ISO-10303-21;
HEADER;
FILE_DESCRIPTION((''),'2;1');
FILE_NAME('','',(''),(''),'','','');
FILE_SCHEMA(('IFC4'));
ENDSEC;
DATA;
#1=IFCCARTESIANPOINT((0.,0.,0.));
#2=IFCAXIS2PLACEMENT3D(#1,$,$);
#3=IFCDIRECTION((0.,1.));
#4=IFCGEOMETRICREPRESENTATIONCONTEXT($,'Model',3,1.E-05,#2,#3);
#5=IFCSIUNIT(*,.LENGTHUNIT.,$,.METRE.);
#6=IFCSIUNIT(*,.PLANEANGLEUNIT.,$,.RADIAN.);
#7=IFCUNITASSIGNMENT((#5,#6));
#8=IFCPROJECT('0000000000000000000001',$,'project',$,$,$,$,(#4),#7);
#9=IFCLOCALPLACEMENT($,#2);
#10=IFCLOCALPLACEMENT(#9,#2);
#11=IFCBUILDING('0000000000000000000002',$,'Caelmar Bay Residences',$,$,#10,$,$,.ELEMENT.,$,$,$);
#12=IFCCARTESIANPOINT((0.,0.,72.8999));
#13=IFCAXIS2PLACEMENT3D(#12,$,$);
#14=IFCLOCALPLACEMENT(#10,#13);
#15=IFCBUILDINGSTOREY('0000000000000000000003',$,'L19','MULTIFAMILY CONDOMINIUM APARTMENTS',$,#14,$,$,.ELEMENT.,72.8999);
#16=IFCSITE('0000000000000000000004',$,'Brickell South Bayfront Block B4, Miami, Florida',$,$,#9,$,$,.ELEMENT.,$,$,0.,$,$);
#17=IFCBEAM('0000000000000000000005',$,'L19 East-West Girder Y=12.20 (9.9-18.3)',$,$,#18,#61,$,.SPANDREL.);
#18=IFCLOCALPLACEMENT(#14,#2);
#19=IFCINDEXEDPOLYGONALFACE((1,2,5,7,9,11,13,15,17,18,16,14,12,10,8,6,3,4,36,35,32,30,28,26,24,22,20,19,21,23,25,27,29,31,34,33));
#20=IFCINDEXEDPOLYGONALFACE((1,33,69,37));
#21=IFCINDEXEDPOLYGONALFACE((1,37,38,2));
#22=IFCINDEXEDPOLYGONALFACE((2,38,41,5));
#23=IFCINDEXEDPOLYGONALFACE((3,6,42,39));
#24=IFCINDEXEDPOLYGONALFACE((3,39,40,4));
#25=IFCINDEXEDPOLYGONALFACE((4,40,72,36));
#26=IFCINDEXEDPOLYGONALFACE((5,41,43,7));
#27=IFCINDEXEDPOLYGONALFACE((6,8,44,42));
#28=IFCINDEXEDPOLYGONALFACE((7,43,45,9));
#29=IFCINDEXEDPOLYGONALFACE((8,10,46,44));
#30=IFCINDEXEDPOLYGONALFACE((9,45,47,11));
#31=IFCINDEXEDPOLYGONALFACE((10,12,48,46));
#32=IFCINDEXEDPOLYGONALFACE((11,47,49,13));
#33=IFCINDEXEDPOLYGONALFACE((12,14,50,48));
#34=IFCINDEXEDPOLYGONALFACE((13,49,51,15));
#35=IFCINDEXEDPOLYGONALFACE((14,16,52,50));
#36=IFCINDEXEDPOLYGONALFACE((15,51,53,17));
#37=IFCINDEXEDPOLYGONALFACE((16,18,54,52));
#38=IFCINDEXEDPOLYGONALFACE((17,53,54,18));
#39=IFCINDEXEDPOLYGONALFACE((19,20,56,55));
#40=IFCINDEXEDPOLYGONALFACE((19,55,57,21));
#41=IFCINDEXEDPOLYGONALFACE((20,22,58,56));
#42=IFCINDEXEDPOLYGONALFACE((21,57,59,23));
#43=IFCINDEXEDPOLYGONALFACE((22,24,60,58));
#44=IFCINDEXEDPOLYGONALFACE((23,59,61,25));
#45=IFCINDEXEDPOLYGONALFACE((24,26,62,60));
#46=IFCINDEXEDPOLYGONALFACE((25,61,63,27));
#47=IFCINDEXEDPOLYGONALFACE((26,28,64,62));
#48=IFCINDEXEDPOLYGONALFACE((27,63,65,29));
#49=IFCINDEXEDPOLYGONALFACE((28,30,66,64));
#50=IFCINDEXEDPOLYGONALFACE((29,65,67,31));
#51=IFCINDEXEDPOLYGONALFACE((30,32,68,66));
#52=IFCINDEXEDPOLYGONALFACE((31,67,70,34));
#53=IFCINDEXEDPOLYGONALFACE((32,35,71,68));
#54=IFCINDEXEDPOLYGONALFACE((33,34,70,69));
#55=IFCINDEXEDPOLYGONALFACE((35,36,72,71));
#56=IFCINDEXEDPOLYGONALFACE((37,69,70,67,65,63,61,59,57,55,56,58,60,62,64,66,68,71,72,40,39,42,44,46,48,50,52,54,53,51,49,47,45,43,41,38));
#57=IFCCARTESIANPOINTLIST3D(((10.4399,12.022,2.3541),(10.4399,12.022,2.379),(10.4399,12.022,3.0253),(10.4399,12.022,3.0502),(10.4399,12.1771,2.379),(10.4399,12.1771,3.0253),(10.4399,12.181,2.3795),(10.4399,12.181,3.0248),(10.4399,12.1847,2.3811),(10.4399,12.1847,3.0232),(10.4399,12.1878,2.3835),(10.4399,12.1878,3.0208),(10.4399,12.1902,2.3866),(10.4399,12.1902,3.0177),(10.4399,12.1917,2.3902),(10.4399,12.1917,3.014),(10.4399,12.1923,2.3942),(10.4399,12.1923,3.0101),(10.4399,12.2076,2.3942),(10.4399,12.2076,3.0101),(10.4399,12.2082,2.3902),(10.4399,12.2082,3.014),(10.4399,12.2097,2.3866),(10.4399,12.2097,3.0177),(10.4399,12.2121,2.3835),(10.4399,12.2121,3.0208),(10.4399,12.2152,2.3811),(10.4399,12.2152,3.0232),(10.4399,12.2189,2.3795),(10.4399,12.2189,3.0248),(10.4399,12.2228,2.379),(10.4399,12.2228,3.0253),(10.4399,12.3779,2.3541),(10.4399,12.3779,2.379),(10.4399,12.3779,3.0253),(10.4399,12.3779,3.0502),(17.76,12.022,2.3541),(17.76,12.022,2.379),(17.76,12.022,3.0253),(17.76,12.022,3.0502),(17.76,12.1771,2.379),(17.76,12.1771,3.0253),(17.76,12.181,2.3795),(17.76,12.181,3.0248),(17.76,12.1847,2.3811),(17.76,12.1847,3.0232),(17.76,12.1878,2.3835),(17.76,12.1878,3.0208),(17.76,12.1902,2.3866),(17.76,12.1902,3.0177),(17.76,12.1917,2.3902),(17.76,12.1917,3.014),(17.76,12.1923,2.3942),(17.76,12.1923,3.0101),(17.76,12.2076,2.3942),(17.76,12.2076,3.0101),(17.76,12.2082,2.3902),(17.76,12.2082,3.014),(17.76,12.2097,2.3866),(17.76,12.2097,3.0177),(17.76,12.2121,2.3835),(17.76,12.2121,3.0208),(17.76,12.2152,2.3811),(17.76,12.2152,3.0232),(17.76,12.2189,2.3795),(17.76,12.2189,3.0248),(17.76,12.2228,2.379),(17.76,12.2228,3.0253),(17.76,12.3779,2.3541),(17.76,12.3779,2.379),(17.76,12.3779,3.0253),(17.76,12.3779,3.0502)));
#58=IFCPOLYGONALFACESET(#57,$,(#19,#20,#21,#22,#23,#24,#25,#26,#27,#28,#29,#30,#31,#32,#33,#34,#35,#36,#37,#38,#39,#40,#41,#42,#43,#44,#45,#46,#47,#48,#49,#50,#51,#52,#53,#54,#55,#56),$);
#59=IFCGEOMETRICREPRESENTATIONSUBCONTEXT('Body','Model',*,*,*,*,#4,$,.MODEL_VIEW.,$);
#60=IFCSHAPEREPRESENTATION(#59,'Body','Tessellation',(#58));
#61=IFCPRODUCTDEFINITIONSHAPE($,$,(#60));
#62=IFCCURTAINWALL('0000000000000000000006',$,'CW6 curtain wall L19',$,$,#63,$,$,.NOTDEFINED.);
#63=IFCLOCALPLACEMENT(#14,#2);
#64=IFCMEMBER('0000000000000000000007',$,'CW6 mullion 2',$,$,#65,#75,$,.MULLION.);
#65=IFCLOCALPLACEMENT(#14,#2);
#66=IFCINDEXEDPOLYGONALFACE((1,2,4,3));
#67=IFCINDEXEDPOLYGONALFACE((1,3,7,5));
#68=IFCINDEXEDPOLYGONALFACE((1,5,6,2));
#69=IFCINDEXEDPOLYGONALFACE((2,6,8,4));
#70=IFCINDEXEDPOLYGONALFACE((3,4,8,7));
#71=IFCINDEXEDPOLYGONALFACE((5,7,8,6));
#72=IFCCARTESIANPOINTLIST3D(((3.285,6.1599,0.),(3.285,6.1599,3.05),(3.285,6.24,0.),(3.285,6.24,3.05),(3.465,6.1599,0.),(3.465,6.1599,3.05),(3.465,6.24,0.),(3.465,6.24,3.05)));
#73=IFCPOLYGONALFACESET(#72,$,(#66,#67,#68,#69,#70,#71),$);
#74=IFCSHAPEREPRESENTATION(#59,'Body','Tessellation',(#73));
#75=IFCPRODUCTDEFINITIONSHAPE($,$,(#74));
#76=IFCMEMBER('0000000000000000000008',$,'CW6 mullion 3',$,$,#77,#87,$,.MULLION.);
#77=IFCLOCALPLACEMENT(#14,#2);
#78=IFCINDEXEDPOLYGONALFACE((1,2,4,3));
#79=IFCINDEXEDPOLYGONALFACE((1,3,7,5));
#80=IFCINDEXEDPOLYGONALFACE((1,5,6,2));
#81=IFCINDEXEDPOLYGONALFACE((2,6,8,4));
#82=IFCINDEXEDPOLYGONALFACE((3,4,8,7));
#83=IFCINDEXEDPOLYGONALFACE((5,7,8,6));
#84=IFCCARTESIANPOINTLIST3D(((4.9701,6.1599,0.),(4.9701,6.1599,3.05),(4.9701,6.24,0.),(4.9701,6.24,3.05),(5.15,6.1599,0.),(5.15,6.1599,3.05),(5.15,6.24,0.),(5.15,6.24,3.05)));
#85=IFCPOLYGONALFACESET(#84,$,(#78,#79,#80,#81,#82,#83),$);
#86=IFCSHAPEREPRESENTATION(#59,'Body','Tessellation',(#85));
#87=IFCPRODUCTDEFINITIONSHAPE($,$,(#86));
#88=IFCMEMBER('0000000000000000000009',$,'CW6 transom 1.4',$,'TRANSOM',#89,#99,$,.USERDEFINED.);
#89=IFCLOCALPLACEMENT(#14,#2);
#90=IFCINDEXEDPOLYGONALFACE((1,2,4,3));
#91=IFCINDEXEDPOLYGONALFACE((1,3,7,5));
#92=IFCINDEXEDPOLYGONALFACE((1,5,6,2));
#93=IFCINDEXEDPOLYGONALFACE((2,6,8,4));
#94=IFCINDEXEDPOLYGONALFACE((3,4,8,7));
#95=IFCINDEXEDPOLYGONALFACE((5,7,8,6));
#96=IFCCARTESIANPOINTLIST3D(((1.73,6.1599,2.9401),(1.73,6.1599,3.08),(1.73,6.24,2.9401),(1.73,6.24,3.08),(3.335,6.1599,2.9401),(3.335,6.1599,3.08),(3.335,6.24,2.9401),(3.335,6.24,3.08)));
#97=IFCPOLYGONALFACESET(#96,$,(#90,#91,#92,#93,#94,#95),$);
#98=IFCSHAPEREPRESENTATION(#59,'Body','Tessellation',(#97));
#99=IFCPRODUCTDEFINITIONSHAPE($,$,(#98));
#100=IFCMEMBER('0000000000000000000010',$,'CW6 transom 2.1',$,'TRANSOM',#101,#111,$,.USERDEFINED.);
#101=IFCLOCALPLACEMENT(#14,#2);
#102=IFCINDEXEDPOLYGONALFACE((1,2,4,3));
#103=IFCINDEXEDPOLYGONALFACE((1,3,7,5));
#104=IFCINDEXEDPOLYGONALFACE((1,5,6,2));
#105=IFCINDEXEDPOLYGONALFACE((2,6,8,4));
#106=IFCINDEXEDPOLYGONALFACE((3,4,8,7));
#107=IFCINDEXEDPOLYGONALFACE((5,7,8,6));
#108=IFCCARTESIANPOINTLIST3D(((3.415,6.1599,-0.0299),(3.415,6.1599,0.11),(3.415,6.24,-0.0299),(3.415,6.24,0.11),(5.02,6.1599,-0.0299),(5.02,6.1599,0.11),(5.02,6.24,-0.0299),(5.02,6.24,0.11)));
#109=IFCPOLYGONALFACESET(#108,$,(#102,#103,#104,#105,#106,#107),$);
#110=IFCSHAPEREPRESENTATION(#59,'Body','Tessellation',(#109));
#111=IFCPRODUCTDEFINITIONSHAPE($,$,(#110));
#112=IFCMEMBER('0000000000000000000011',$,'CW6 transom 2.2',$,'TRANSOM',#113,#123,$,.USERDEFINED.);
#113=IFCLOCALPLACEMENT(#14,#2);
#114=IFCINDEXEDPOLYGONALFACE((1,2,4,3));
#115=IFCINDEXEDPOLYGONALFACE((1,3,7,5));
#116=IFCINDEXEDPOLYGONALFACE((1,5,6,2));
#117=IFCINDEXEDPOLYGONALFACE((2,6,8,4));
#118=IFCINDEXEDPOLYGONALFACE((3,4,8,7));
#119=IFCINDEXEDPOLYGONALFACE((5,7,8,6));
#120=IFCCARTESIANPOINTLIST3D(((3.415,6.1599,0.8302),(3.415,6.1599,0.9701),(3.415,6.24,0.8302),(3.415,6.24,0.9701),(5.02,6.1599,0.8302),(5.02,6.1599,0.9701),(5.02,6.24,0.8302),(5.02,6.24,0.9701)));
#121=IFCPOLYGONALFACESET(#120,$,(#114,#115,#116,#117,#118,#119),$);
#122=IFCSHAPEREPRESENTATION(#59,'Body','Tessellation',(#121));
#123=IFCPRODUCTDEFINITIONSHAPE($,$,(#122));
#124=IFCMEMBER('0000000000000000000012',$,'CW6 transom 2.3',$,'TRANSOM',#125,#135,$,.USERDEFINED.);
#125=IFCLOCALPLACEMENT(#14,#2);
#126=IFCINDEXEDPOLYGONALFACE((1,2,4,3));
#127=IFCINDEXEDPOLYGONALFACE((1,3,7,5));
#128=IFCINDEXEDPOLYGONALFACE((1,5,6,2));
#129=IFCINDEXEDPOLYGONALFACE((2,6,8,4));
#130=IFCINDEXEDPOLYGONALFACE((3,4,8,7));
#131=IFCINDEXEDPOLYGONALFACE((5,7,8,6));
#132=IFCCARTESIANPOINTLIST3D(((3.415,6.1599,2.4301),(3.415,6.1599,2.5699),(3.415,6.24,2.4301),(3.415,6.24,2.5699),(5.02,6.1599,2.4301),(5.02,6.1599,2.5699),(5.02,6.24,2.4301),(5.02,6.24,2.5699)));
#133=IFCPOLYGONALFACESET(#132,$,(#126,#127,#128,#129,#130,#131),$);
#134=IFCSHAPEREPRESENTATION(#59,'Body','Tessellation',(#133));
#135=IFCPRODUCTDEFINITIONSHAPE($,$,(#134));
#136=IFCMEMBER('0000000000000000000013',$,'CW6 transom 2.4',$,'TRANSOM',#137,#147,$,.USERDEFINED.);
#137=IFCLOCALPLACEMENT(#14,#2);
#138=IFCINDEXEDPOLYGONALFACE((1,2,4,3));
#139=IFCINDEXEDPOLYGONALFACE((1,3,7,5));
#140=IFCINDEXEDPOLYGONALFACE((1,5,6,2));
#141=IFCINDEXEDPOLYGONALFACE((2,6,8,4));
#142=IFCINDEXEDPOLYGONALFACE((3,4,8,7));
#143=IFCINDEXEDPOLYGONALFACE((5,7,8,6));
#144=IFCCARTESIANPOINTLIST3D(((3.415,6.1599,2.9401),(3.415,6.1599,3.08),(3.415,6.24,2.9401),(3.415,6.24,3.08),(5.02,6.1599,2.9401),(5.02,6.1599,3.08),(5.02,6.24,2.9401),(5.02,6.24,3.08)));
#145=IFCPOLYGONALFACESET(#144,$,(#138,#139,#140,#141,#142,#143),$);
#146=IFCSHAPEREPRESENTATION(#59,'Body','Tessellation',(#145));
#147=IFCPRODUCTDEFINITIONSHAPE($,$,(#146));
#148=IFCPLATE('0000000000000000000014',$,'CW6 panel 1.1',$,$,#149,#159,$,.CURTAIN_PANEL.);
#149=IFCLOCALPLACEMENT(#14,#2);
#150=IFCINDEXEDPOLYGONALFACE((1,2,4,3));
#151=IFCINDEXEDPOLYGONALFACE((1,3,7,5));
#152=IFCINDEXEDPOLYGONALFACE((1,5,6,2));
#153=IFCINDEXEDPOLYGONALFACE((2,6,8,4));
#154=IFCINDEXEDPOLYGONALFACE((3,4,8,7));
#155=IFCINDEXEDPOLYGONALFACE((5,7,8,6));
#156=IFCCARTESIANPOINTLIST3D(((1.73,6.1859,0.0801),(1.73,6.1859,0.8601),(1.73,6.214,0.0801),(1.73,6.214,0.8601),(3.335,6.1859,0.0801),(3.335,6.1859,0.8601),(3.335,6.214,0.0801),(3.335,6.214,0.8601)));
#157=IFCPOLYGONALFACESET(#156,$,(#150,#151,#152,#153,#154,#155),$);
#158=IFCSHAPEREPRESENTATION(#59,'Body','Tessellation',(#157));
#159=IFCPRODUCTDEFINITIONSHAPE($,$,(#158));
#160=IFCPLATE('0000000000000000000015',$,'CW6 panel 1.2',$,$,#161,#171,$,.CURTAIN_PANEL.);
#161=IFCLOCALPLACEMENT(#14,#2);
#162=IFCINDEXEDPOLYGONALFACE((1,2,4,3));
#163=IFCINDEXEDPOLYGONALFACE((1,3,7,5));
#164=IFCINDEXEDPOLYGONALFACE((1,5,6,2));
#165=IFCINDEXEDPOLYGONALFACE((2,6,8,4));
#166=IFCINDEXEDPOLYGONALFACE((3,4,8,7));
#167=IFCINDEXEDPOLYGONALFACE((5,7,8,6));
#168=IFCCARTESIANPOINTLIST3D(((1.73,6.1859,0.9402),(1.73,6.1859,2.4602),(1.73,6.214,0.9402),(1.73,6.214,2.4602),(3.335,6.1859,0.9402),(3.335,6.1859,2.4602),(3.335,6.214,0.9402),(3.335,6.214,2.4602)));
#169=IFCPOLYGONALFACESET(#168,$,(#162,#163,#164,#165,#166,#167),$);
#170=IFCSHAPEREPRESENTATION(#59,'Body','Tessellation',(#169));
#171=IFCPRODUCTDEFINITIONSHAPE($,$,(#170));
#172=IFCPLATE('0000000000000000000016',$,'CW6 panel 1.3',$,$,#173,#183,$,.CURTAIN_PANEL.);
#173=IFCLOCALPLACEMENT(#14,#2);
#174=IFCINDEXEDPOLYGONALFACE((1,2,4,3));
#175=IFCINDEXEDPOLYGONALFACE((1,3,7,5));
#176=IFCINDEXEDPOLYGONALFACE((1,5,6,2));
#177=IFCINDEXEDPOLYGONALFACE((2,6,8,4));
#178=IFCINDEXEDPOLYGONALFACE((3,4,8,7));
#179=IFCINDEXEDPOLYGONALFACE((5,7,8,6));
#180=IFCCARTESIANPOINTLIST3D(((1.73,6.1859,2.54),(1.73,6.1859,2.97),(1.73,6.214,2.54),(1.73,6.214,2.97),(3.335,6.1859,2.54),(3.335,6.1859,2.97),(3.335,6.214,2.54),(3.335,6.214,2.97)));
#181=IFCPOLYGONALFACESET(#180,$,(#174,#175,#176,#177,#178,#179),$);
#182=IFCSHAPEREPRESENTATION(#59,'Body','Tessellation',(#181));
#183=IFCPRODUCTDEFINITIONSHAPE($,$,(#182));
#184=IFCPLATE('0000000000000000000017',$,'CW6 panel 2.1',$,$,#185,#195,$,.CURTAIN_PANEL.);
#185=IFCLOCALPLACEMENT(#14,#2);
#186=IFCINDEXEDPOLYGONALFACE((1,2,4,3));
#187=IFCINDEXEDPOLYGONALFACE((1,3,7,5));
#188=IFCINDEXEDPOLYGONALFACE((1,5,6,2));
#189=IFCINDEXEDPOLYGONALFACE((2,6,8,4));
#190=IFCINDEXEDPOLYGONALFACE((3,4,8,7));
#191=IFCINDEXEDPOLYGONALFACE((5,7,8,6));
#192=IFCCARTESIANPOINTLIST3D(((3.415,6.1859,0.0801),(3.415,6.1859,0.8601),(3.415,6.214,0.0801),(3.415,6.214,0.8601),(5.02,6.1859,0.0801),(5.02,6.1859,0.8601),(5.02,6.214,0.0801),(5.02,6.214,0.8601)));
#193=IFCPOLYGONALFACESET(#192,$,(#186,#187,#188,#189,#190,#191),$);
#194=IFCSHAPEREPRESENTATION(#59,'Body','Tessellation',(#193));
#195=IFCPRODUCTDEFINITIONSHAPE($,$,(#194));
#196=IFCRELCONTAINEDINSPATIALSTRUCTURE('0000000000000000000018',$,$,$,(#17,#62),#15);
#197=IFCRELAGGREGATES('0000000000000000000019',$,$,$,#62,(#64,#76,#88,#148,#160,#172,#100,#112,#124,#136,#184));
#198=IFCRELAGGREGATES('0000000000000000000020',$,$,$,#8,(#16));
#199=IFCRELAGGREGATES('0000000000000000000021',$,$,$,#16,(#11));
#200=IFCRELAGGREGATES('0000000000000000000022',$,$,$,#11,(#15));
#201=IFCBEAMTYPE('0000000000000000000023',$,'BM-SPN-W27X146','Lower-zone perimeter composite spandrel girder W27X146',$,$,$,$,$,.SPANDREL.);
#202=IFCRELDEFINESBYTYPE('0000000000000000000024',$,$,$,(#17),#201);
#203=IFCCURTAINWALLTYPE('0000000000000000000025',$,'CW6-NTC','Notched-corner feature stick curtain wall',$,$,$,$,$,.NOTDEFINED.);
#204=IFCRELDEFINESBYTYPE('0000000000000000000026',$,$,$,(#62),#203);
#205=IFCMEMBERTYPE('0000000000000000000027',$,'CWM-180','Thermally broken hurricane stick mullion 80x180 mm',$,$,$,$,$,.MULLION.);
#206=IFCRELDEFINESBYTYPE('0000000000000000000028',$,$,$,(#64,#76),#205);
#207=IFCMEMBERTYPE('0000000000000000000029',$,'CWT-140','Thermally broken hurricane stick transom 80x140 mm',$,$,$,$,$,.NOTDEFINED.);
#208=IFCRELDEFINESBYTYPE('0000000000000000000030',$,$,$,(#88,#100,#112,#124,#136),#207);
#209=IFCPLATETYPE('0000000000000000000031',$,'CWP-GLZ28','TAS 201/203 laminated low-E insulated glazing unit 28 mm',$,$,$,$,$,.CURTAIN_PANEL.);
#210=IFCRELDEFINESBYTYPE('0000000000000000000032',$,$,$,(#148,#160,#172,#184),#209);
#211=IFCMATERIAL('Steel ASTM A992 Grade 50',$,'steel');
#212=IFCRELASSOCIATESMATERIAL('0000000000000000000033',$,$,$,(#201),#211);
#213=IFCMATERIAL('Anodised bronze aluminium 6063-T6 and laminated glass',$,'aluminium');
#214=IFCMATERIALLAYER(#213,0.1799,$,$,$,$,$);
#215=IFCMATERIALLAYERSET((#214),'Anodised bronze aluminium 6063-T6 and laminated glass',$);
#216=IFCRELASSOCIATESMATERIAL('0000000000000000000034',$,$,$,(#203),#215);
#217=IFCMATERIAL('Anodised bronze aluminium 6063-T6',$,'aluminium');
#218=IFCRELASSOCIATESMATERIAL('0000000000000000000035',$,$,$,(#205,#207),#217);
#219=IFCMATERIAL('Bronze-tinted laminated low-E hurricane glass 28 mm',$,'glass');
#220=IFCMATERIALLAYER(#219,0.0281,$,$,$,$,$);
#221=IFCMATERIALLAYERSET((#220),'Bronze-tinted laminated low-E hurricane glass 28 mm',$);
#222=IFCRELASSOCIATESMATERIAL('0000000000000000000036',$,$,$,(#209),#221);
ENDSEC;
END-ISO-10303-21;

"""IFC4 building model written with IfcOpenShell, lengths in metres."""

from ifc_helpers import new_model, si_unit, direction, frame, origin, origin_2d, place, context, subcontext, project, spatial, rectangle, i_section, extrude, material, layer, layer_set, material_profile, profile_set, type_object, element, aggregate, save


model = new_model("IFC4")

# Units and contexts
model_context = context("Model", 3, precision=1e-05, world=origin(), true_north=direction((0.0, 1.0)))
body_context = subcontext(model_context, "Body", "Model", "MODEL_VIEW")
ifc_project = project(units=[si_unit("LENGTHUNIT", "METRE"), si_unit("PLANEANGLEUNIT", "RADIAN")], contexts=[model_context])

# Site, building, storey
site_placement = place(None, origin())
site = spatial("IfcSite", under=ifc_project, at=site_placement, Name="Brickell South Bayfront Block B4, Miami, Florida", CompositionType="ELEMENT", RefElevation=0.0)
building_placement = place(site_placement, origin())
building = spatial("IfcBuilding", under=site, at=building_placement, Name="Caelmar Bay Residences", CompositionType="ELEMENT")
storey_placement = place(building_placement, frame((0.0, 0.0, 72.8999)))
storey = spatial("IfcBuildingStorey", under=building, at=storey_placement, Name="L19", Description="MULTIFAMILY CONDOMINIUM APARTMENTS", CompositionType="ELEMENT", Elevation=72.8999)

# Beam
ifc_material_1 = material(Name="Steel ASTM A992 Grade 50", Category="steel")
ifc_material_profile_1 = material_profile(ifc_material_1, i_section(OverallWidth=0.356, OverallDepth=0.696, WebThickness=0.0154, FlangeThickness=0.0249, FilletRadius=0.0151, at=origin_2d()), Name="W27X146")
ifc_profile_set_1 = profile_set([ifc_material_profile_1], Name="Steel ASTM A992 Grade 50")
beam_type_1 = type_object("IfcBeamType", Name="BM-SPN-W27X146", Description="Lower-zone perimeter composite spandrel girder W27X146", PredefinedType="SPANDREL", material=ifc_profile_set_1)
beam_1_placement = place(storey_placement, frame((10.4399, 12.2, 2.7021), z_axis=(1.0, 0.0, 0.0), x_axis=(0.0, 1.0, 0.0)))
element("IfcBeam", 1, at=beam_1_placement, inside=storey, type_object=beam_type_1, Name="L19 East-West Girder Y=12.20 (9.9-18.3)", PredefinedType="SPANDREL", context=body_context, shape_type="SweptSolid", body=[
    extrude(i_section(OverallWidth=0.356, OverallDepth=0.696, WebThickness=0.0154, FlangeThickness=0.0249, FilletRadius=0.0151, at=origin_2d()), origin(), (0.0, 0.0, 1.0), 7.3201),
])

# Curtain wall, members, plates
ifc_material_2 = material(Name="Anodised bronze aluminium 6063-T6 and laminated glass", Category="aluminium")
ifc_layer_1 = layer(ifc_material_2, 0.1799)
ifc_layer_set_1 = layer_set([ifc_layer_1], Name="Anodised bronze aluminium 6063-T6 and laminated glass")
curtain_wall_type = type_object("IfcCurtainWallType", Name="CW6-NTC", Description="Notched-corner feature stick curtain wall", PredefinedType="NOTDEFINED", material=ifc_layer_set_1)
curtain_wall_placement = place(storey_placement, origin())
curtain_wall = element("IfcCurtainWall", 2, at=curtain_wall_placement, inside=storey, type_object=curtain_wall_type, Name="CW6 curtain wall L19", PredefinedType="NOTDEFINED")
ifc_material_3 = material(Name="Anodised bronze aluminium 6063-T6", Category="aluminium")
ifc_material_profile_2 = material_profile(ifc_material_3, rectangle(XDim=0.0801, YDim=0.1799, at=origin_2d()), Name="CWM-80X180")
ifc_profile_set_2 = profile_set([ifc_material_profile_2], Name="Anodised bronze aluminium 6063-T6")
member_type_1 = type_object("IfcMemberType", Name="CWM-180", Description="Thermally broken hurricane stick mullion 80x180 mm", PredefinedType="MULLION", material=ifc_profile_set_2)
member_1_placement = place(storey_placement, frame((3.375, 6.2, 0.0), z_axis=(0.0, 0.0, 1.0), x_axis=(0.0, 1.0, 0.0)))
member_1 = element("IfcMember", 3, at=member_1_placement, type_object=member_type_1, Name="CW6 mullion 2", PredefinedType="MULLION", context=body_context, shape_type="SweptSolid", body=[
    extrude(rectangle(XDim=0.0801, YDim=0.1799, at=origin_2d()), origin(), (0.0, 0.0, 1.0), 3.05),
])
member_2_placement = place(storey_placement, frame((5.0601, 6.2, 0.0), z_axis=(0.0, 0.0, 1.0), x_axis=(0.0, 1.0, 0.0)))
member_2 = element("IfcMember", 4, at=member_2_placement, type_object=member_type_1, Name="CW6 mullion 3", PredefinedType="MULLION", context=body_context, shape_type="SweptSolid", body=[
    extrude(rectangle(XDim=0.0801, YDim=0.1799, at=origin_2d()), origin(), (0.0, 0.0, 1.0), 3.05),
])
ifc_material_profile_3 = material_profile(ifc_material_3, rectangle(XDim=0.0801, YDim=0.1399, at=origin_2d()), Name="CWT-80X140")
ifc_profile_set_3 = profile_set([ifc_material_profile_3], Name="Anodised bronze aluminium 6063-T6")
member_type_2 = type_object("IfcMemberType", Name="CWT-140", Description="Thermally broken hurricane stick transom 80x140 mm", PredefinedType="NOTDEFINED", material=ifc_profile_set_3)
member_3_placement = place(storey_placement, frame((1.73, 6.2, 3.01), z_axis=(1.0, 0.0, 0.0), x_axis=(0.0, 1.0, 0.0)))
member_3 = element("IfcMember", 5, at=member_3_placement, type_object=member_type_2, Name="CW6 transom 1.4", ObjectType="TRANSOM", PredefinedType="USERDEFINED", context=body_context, shape_type="SweptSolid", body=[
    extrude(rectangle(XDim=0.0801, YDim=0.1399, at=origin_2d()), origin(), (0.0, 0.0, 1.0), 1.605),
])
member_4_placement = place(storey_placement, frame((3.415, 6.2, 0.04), z_axis=(1.0, 0.0, 0.0), x_axis=(0.0, 1.0, 0.0)))
member_4 = element("IfcMember", 6, at=member_4_placement, type_object=member_type_2, Name="CW6 transom 2.1", ObjectType="TRANSOM", PredefinedType="USERDEFINED", context=body_context, shape_type="SweptSolid", body=[
    extrude(rectangle(XDim=0.0801, YDim=0.1399, at=origin_2d()), origin(), (0.0, 0.0, 1.0), 1.605),
])
member_5_placement = place(storey_placement, frame((3.415, 6.2, 0.9001), z_axis=(1.0, 0.0, 0.0), x_axis=(0.0, 1.0, 0.0)))
member_5 = element("IfcMember", 7, at=member_5_placement, type_object=member_type_2, Name="CW6 transom 2.2", ObjectType="TRANSOM", PredefinedType="USERDEFINED", context=body_context, shape_type="SweptSolid", body=[
    extrude(rectangle(XDim=0.0801, YDim=0.1399, at=origin_2d()), origin(), (0.0, 0.0, 1.0), 1.605),
])
member_6_placement = place(storey_placement, frame((3.415, 6.2, 2.5), z_axis=(1.0, 0.0, 0.0), x_axis=(0.0, 1.0, 0.0)))
member_6 = element("IfcMember", 8, at=member_6_placement, type_object=member_type_2, Name="CW6 transom 2.3", ObjectType="TRANSOM", PredefinedType="USERDEFINED", context=body_context, shape_type="SweptSolid", body=[
    extrude(rectangle(XDim=0.0801, YDim=0.1399, at=origin_2d()), origin(), (0.0, 0.0, 1.0), 1.605),
])
member_7_placement = place(storey_placement, frame((3.415, 6.2, 3.01), z_axis=(1.0, 0.0, 0.0), x_axis=(0.0, 1.0, 0.0)))
member_7 = element("IfcMember", 9, at=member_7_placement, type_object=member_type_2, Name="CW6 transom 2.4", ObjectType="TRANSOM", PredefinedType="USERDEFINED", context=body_context, shape_type="SweptSolid", body=[
    extrude(rectangle(XDim=0.0801, YDim=0.1399, at=origin_2d()), origin(), (0.0, 0.0, 1.0), 1.605),
])
ifc_material_4 = material(Name="Bronze-tinted laminated low-E hurricane glass 28 mm", Category="glass")
ifc_layer_2 = layer(ifc_material_4, 0.0281)
ifc_layer_set_2 = layer_set([ifc_layer_2], Name="Bronze-tinted laminated low-E hurricane glass 28 mm")
plate_type = type_object("IfcPlateType", Name="CWP-GLZ28", Description="TAS 201/203 laminated low-E insulated glazing unit 28 mm", PredefinedType="CURTAIN_PANEL", material=ifc_layer_set_2)
plate_1_placement = place(storey_placement, frame((2.5325, 6.2, 0.0801), z_axis=(0.0, 0.0, 1.0), x_axis=(1.0, 0.0, 0.0)))
plate_1 = element("IfcPlate", 10, at=plate_1_placement, type_object=plate_type, Name="CW6 panel 1.1", PredefinedType="CURTAIN_PANEL", context=body_context, shape_type="SweptSolid", body=[
    extrude(rectangle(XDim=1.605, YDim=0.0281, at=origin_2d()), origin(), (0.0, 0.0, 1.0), 0.78),
])
plate_2_placement = place(storey_placement, frame((2.5325, 6.2, 0.9402), z_axis=(0.0, 0.0, 1.0), x_axis=(1.0, 0.0, 0.0)))
plate_2 = element("IfcPlate", 11, at=plate_2_placement, type_object=plate_type, Name="CW6 panel 1.2", PredefinedType="CURTAIN_PANEL", context=body_context, shape_type="SweptSolid", body=[
    extrude(rectangle(XDim=1.605, YDim=0.0281, at=origin_2d()), origin(), (0.0, 0.0, 1.0), 1.52),
])
plate_3_placement = place(storey_placement, frame((2.5325, 6.2, 2.54), z_axis=(0.0, 0.0, 1.0), x_axis=(1.0, 0.0, 0.0)))
plate_3 = element("IfcPlate", 12, at=plate_3_placement, type_object=plate_type, Name="CW6 panel 1.3", PredefinedType="CURTAIN_PANEL", context=body_context, shape_type="SweptSolid", body=[
    extrude(rectangle(XDim=1.605, YDim=0.0281, at=origin_2d()), origin(), (0.0, 0.0, 1.0), 0.4299),
])
plate_4_placement = place(storey_placement, frame((4.2175, 6.2, 0.0801), z_axis=(0.0, 0.0, 1.0), x_axis=(1.0, 0.0, 0.0)))
plate_4 = element("IfcPlate", 13, at=plate_4_placement, type_object=plate_type, Name="CW6 panel 2.1", PredefinedType="CURTAIN_PANEL", context=body_context, shape_type="SweptSolid", body=[
    extrude(rectangle(XDim=1.605, YDim=0.0281, at=origin_2d()), origin(), (0.0, 0.0, 1.0), 0.78),
])
aggregate(curtain_wall, [member_1, member_2, member_3, plate_1, plate_2, plate_3, member_4, member_5, member_6, member_7, plate_4])

save(model, "model.ifc")
